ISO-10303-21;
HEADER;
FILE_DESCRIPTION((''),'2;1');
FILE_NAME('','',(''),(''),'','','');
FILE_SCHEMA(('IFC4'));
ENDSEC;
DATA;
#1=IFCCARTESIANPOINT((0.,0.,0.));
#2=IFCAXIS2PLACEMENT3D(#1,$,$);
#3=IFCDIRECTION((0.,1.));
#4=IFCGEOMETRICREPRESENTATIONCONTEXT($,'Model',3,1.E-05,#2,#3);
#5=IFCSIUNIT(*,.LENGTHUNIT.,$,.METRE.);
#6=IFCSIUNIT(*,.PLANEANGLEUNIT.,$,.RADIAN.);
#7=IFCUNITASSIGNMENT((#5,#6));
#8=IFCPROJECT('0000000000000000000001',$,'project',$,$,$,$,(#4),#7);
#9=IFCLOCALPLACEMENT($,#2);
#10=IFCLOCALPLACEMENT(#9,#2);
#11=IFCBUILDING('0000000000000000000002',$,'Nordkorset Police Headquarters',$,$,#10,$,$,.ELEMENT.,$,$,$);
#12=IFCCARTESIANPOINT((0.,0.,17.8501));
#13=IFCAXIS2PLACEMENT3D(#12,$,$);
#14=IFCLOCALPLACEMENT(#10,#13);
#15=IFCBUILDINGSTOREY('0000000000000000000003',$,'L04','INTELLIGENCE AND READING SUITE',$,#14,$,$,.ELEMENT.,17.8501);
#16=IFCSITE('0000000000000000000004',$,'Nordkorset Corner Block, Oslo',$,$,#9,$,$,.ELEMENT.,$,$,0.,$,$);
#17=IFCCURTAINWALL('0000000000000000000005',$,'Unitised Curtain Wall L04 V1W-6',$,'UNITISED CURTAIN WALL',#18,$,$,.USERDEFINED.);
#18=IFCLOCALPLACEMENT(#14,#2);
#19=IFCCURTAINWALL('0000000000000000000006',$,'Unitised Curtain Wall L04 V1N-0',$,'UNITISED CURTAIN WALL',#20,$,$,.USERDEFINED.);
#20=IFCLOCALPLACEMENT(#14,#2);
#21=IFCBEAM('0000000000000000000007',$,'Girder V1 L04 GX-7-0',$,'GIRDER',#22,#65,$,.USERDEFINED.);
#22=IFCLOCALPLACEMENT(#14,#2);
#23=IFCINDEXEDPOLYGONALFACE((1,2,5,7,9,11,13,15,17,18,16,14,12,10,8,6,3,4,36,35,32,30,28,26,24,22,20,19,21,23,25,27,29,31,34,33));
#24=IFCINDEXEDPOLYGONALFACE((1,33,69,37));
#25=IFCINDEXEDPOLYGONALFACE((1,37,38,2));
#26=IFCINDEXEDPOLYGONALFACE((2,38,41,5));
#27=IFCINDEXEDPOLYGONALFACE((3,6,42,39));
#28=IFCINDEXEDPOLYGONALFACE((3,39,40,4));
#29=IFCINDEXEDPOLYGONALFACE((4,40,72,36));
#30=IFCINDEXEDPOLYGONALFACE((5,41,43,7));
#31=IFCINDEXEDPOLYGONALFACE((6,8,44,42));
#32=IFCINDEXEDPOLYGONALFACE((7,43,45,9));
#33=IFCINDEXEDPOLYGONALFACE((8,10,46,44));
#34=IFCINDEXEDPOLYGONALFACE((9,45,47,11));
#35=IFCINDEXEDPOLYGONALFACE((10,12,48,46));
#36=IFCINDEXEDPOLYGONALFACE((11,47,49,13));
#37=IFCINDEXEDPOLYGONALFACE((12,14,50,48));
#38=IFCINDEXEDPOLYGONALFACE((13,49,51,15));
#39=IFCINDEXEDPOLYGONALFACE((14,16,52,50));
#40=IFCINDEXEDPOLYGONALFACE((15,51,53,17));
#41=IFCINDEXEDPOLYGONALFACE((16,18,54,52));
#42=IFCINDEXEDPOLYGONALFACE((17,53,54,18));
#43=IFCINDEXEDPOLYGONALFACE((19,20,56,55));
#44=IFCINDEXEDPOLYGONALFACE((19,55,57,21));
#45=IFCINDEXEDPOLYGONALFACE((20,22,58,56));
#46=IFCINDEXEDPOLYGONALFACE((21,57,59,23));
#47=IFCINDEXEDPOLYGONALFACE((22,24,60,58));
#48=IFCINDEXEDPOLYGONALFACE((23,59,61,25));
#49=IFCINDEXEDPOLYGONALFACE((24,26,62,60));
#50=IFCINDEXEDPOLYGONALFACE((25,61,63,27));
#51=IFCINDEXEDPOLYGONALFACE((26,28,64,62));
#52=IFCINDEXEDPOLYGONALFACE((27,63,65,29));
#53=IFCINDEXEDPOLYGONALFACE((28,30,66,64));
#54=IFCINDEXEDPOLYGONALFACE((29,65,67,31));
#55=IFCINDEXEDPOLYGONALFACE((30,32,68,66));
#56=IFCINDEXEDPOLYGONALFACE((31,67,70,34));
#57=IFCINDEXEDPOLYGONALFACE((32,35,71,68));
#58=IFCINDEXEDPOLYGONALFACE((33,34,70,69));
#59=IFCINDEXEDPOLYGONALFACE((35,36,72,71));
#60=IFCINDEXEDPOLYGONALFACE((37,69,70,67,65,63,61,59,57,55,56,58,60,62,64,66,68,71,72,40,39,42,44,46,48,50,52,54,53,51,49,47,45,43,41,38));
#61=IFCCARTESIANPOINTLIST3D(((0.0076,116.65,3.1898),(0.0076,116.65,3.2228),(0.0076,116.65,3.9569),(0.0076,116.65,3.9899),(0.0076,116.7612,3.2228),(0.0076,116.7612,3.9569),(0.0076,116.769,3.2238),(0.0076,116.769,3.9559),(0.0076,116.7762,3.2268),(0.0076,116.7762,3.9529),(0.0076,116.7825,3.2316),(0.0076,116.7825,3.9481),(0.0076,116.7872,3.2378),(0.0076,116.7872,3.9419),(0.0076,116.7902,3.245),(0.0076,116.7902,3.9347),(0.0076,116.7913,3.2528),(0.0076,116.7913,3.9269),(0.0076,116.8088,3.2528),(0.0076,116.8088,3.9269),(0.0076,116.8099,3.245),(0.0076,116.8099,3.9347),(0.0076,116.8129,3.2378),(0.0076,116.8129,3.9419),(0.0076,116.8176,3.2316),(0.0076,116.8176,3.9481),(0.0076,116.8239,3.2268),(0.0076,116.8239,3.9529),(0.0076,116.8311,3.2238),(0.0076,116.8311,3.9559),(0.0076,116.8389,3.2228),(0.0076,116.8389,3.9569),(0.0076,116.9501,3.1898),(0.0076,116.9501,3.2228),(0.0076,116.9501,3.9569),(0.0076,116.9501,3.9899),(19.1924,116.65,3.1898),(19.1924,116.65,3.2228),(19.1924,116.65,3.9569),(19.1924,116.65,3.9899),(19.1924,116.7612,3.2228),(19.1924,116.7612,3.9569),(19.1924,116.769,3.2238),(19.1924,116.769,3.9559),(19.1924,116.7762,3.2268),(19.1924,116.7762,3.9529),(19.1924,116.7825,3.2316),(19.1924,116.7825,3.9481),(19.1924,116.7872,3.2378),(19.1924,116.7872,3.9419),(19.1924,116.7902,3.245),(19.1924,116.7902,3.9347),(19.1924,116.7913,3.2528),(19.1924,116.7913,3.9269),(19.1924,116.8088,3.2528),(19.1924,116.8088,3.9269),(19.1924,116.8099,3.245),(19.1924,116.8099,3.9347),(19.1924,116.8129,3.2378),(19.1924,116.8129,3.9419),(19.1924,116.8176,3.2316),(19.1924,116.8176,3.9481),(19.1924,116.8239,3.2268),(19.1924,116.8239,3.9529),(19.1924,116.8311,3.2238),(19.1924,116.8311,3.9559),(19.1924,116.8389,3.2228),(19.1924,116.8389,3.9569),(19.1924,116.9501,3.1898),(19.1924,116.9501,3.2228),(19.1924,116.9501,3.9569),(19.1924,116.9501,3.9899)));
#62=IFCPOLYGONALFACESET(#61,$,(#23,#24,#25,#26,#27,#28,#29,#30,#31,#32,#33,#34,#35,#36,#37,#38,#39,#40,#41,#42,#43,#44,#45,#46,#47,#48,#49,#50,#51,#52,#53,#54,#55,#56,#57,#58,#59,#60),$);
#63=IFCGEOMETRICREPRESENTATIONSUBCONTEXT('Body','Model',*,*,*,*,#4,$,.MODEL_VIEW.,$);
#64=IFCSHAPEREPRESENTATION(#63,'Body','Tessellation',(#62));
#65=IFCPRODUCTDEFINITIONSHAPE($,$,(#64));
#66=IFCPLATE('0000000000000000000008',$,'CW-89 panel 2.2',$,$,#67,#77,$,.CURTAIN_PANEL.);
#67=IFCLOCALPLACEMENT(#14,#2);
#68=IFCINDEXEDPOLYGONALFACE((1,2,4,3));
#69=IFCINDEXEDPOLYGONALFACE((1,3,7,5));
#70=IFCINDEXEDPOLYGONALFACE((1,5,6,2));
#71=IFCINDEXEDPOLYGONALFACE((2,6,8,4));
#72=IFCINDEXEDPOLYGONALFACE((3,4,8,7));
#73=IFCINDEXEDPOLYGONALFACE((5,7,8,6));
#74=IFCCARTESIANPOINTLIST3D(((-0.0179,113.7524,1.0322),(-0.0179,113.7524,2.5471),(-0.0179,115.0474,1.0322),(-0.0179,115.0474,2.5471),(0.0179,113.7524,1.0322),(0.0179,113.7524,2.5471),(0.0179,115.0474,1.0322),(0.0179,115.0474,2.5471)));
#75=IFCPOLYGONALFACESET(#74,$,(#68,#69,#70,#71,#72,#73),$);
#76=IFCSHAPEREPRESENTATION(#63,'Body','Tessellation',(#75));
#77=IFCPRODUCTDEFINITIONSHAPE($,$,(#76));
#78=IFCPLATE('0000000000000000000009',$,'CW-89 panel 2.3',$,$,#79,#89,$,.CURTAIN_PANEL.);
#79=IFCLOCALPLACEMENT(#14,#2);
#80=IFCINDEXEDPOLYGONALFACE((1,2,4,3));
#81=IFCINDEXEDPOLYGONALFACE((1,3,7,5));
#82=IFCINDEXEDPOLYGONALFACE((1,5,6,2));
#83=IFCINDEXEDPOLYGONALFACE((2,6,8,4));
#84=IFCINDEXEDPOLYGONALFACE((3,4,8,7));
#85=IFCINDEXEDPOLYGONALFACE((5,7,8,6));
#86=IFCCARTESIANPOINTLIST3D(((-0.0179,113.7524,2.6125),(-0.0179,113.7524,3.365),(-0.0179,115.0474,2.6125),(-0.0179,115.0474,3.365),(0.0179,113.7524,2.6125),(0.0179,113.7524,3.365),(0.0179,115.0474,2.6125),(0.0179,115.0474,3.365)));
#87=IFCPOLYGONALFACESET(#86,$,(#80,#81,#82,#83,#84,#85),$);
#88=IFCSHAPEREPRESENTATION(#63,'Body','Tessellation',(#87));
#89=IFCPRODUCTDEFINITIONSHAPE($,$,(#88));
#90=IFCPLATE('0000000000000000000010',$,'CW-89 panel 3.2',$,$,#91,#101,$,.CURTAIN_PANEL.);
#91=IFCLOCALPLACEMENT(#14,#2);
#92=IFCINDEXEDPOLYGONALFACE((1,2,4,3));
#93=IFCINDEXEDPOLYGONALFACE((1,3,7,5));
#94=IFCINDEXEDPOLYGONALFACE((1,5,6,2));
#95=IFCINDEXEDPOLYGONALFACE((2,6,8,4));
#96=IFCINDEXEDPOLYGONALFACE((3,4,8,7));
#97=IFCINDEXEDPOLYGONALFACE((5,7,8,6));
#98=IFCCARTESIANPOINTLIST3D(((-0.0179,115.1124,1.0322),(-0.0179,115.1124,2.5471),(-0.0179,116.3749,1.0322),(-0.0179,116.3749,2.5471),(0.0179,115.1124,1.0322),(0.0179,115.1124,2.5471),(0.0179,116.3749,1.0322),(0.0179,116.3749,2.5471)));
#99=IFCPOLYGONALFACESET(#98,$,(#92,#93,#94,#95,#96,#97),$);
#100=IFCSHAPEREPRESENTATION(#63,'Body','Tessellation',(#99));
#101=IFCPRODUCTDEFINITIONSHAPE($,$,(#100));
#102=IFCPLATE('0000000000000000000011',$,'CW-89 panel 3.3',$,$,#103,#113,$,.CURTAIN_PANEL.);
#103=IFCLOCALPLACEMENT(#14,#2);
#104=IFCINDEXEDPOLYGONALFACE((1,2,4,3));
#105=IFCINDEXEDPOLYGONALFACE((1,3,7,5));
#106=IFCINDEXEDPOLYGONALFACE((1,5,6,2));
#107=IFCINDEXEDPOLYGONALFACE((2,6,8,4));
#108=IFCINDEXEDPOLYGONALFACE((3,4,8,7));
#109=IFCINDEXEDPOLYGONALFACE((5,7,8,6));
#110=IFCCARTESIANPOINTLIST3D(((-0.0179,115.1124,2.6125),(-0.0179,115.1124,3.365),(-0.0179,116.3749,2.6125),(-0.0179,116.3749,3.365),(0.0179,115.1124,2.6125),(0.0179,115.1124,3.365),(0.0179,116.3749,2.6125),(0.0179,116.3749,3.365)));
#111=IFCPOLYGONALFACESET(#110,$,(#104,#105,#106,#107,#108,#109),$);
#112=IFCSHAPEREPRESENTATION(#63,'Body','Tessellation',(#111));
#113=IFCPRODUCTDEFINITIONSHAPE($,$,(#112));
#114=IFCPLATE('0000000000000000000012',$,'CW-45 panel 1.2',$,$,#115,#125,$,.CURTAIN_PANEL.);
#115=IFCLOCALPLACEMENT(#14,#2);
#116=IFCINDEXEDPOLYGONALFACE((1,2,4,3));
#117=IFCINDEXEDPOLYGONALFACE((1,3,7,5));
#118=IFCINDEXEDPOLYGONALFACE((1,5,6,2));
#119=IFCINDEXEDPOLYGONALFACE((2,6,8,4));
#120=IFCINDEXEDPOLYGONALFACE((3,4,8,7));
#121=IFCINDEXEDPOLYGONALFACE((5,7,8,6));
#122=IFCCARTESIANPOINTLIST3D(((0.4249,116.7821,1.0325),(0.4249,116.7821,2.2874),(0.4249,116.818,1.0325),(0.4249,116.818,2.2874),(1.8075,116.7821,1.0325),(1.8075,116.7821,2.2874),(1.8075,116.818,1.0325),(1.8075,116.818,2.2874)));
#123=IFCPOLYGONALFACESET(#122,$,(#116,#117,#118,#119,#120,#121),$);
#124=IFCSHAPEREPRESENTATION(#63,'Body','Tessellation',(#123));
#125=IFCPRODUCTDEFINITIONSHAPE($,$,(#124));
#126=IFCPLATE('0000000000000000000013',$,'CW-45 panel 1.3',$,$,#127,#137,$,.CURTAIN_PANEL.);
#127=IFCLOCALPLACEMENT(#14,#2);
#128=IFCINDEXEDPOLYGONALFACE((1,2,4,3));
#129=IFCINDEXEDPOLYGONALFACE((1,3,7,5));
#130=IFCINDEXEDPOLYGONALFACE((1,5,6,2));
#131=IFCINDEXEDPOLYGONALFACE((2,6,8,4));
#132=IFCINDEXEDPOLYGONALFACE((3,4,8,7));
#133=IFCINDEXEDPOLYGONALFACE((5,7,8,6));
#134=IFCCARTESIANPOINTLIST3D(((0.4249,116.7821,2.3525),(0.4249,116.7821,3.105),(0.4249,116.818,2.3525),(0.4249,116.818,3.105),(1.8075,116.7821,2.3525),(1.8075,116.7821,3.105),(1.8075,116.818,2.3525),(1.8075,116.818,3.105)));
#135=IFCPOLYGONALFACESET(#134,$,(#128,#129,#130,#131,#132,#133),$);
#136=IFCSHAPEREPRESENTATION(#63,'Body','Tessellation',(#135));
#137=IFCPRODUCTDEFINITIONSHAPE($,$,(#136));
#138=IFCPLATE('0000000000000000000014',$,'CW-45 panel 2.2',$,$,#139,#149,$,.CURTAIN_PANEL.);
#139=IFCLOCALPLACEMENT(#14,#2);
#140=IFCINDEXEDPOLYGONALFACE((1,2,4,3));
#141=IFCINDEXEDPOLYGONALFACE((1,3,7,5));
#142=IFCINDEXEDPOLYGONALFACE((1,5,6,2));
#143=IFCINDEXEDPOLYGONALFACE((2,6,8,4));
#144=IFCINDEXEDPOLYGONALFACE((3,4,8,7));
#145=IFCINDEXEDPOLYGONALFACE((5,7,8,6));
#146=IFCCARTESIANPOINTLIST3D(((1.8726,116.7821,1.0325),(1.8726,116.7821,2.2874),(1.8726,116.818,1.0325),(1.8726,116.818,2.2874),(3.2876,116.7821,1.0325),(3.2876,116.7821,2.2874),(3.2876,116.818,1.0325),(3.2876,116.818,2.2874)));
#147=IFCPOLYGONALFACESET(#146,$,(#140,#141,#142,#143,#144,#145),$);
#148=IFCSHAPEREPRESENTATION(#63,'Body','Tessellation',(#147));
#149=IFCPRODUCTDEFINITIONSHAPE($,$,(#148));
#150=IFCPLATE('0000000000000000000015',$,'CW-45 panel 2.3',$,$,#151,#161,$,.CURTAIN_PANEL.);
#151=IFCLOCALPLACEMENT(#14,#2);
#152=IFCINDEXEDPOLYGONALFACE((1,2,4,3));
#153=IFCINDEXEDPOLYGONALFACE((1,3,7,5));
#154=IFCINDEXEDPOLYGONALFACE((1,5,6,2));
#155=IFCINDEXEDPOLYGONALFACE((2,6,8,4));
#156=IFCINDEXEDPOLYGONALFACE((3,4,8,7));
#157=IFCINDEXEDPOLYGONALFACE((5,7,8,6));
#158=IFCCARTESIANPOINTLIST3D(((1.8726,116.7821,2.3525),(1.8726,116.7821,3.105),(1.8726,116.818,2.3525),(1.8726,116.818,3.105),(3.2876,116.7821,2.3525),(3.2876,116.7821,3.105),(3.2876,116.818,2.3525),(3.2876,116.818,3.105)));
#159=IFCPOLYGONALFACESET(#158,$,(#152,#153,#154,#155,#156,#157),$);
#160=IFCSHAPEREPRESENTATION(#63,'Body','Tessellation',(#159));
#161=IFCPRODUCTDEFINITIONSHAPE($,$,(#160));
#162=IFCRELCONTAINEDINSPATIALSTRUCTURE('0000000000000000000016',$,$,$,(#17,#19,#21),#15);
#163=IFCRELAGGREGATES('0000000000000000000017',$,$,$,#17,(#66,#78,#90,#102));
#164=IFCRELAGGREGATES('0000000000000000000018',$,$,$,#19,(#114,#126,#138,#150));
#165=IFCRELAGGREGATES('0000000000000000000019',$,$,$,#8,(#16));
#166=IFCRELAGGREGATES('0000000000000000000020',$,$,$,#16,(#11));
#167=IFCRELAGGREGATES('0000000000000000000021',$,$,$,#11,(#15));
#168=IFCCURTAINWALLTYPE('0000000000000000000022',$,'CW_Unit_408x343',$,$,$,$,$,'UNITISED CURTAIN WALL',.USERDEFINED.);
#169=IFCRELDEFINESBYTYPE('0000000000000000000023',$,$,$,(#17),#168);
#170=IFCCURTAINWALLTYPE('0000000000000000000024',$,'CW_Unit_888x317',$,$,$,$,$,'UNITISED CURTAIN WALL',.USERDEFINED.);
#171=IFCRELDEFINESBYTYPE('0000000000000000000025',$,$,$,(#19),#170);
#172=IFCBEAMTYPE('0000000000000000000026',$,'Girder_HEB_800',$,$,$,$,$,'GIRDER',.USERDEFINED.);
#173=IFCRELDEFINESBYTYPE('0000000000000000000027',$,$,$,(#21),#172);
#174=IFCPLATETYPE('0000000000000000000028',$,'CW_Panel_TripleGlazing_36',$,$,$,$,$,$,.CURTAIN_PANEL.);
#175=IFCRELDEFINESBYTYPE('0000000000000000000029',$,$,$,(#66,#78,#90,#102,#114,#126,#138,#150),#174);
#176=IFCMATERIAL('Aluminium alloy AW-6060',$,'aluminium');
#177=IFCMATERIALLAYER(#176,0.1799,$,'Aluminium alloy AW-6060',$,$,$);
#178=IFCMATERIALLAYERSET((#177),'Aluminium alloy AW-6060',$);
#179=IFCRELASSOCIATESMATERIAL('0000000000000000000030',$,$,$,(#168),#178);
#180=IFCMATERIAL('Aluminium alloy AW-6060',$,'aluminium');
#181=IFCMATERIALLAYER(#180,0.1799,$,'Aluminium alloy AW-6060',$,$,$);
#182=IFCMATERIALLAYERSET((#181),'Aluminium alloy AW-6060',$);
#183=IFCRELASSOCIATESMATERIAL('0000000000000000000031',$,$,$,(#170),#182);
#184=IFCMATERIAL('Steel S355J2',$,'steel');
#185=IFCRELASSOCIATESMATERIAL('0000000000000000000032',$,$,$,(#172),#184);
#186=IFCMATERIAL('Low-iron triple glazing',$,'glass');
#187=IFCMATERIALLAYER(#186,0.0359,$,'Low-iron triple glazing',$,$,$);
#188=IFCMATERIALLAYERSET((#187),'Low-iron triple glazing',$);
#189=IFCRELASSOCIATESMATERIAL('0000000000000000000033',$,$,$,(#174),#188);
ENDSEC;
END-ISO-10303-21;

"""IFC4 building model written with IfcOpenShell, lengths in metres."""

from ifc_helpers import new_model, si_unit, direction, frame, origin, origin_2d, place, context, subcontext, project, spatial, rectangle, i_section, extrude, material, layer, layer_set, material_profile, profile_set, type_object, element, aggregate, save


model = new_model("IFC4")

# Units and contexts
model_context = context("Model", 3, precision=1e-05, world=origin(), true_north=direction((0.0, 1.0)))
body_context = subcontext(model_context, "Body", "Model", "MODEL_VIEW")
ifc_project = project(units=[si_unit("LENGTHUNIT", "METRE"), si_unit("PLANEANGLEUNIT", "RADIAN")], contexts=[model_context])

# Site, building, storey
site_placement = place(None, origin())
site = spatial("IfcSite", under=ifc_project, at=site_placement, Name="Nordkorset Corner Block, Oslo", CompositionType="ELEMENT", RefElevation=0.0)
building_placement = place(site_placement, origin())
building = spatial("IfcBuilding", under=site, at=building_placement, Name="Nordkorset Police Headquarters", CompositionType="ELEMENT")
storey_placement = place(building_placement, frame((0.0, 0.0, 17.8501)))
storey = spatial("IfcBuildingStorey", under=building, at=storey_placement, Name="L04", Description="INTELLIGENCE AND READING SUITE", CompositionType="ELEMENT", Elevation=17.8501)

# Curtain walls
ifc_material_1 = material(Name="Aluminium alloy AW-6060", Category="aluminium")
ifc_layer_1 = layer(ifc_material_1, 0.1799, Name="Aluminium alloy AW-6060")
ifc_layer_set_1 = layer_set([ifc_layer_1], Name="Aluminium alloy AW-6060")
curtain_wall_type_1 = type_object("IfcCurtainWallType", Name="CW_Unit_408x343", ElementType="UNITISED CURTAIN WALL", PredefinedType="USERDEFINED", material=ifc_layer_set_1)
curtain_wall_1_placement = place(storey_placement, origin())
curtain_wall_1 = element("IfcCurtainWall", 1, at=curtain_wall_1_placement, inside=storey, type_object=curtain_wall_type_1, Name="Unitised Curtain Wall L04 V1W-6", ObjectType="UNITISED CURTAIN WALL", PredefinedType="USERDEFINED")
ifc_material_2 = material(Name="Aluminium alloy AW-6060", Category="aluminium")
ifc_layer_2 = layer(ifc_material_2, 0.1799, Name="Aluminium alloy AW-6060")
ifc_layer_set_2 = layer_set([ifc_layer_2], Name="Aluminium alloy AW-6060")
curtain_wall_type_2 = type_object("IfcCurtainWallType", Name="CW_Unit_888x317", ElementType="UNITISED CURTAIN WALL", PredefinedType="USERDEFINED", material=ifc_layer_set_2)
curtain_wall_2_placement = place(storey_placement, origin())
curtain_wall_2 = element("IfcCurtainWall", 2, at=curtain_wall_2_placement, inside=storey, type_object=curtain_wall_type_2, Name="Unitised Curtain Wall L04 V1N-0", ObjectType="UNITISED CURTAIN WALL", PredefinedType="USERDEFINED")

# Beam
ifc_material_3 = material(Name="Steel S355J2", Category="steel")
ifc_material_profile_1 = material_profile(ifc_material_3, i_section(OverallWidth=0.3, OverallDepth=0.8, WebThickness=0.0176, FlangeThickness=0.033, FilletRadius=0.03, at=origin_2d()), Name="HEB 800")
ifc_profile_set_1 = profile_set([ifc_material_profile_1], Name="Steel S355J2")
beam_type_1 = type_object("IfcBeamType", Name="Girder_HEB_800", ElementType="GIRDER", PredefinedType="USERDEFINED", material=ifc_profile_set_1)
beam_1_placement = place(storey_placement, frame((0.0076, 116.8, 3.5898), z_axis=(1.0, 0.0, 0.0), x_axis=(0.0, 1.0, 0.0)))
element("IfcBeam", 3, at=beam_1_placement, inside=storey, type_object=beam_type_1, Name="Girder V1 L04 GX-7-0", ObjectType="GIRDER", PredefinedType="USERDEFINED", context=body_context, shape_type="SweptSolid", body=[
    extrude(i_section(OverallWidth=0.3, OverallDepth=0.8, WebThickness=0.0176, FlangeThickness=0.033, FilletRadius=0.03, at=origin_2d()), origin(), (0.0, 0.0, 1.0), 19.1848),
])

# Plates
ifc_material_4 = material(Name="Low-iron triple glazing", Category="glass")
ifc_layer_3 = layer(ifc_material_4, 0.0359, Name="Low-iron triple glazing")
ifc_layer_set_3 = layer_set([ifc_layer_3], Name="Low-iron triple glazing")
plate_type = type_object("IfcPlateType", Name="CW_Panel_TripleGlazing_36", PredefinedType="CURTAIN_PANEL", material=ifc_layer_set_3)
plate_1_placement = place(storey_placement, frame((0.0, 114.3999, 1.0322), z_axis=(0.0, 0.0, 1.0), x_axis=(0.0, 1.0, 0.0)))
plate_1 = element("IfcPlate", 4, at=plate_1_placement, type_object=plate_type, Name="CW-89 panel 2.2", PredefinedType="CURTAIN_PANEL", context=body_context, shape_type="SweptSolid", body=[
    extrude(rectangle(XDim=1.2949, YDim=0.0359, at=origin_2d()), origin(), (0.0, 0.0, 1.0), 1.5149),
])
plate_2_placement = place(storey_placement, frame((0.0, 114.3999, 2.6125), z_axis=(0.0, 0.0, 1.0), x_axis=(0.0, 1.0, 0.0)))
plate_2 = element("IfcPlate", 5, at=plate_2_placement, type_object=plate_type, Name="CW-89 panel 2.3", PredefinedType="CURTAIN_PANEL", context=body_context, shape_type="SweptSolid", body=[
    extrude(rectangle(XDim=1.2949, YDim=0.0359, at=origin_2d()), origin(), (0.0, 0.0, 1.0), 0.7524),
])
plate_3_placement = place(storey_placement, frame((0.0, 115.7437, 1.0322), z_axis=(0.0, 0.0, 1.0), x_axis=(0.0, 1.0, 0.0)))
plate_3 = element("IfcPlate", 6, at=plate_3_placement, type_object=plate_type, Name="CW-89 panel 3.2", PredefinedType="CURTAIN_PANEL", context=body_context, shape_type="SweptSolid", body=[
    extrude(rectangle(XDim=1.2625, YDim=0.0359, at=origin_2d()), origin(), (0.0, 0.0, 1.0), 1.5149),
])
plate_4_placement = place(storey_placement, frame((0.0, 115.7437, 2.6125), z_axis=(0.0, 0.0, 1.0), x_axis=(0.0, 1.0, 0.0)))
plate_4 = element("IfcPlate", 7, at=plate_4_placement, type_object=plate_type, Name="CW-89 panel 3.3", PredefinedType="CURTAIN_PANEL", context=body_context, shape_type="SweptSolid", body=[
    extrude(rectangle(XDim=1.2625, YDim=0.0359, at=origin_2d()), origin(), (0.0, 0.0, 1.0), 0.7524),
])
aggregate(curtain_wall_1, [plate_1, plate_2, plate_3, plate_4])
plate_5_placement = place(storey_placement, frame((1.1162, 116.8, 1.0325), z_axis=(0.0, 0.0, 1.0), x_axis=(1.0, 0.0, 0.0)))
plate_5 = element("IfcPlate", 8, at=plate_5_placement, type_object=plate_type, Name="CW-45 panel 1.2", PredefinedType="CURTAIN_PANEL", context=body_context, shape_type="SweptSolid", body=[
    extrude(rectangle(XDim=1.3826, YDim=0.0359, at=origin_2d()), origin(), (0.0, 0.0, 1.0), 1.2549),
])
plate_6_placement = place(storey_placement, frame((1.1162, 116.8, 2.3525), z_axis=(0.0, 0.0, 1.0), x_axis=(1.0, 0.0, 0.0)))
plate_6 = element("IfcPlate", 9, at=plate_6_placement, type_object=plate_type, Name="CW-45 panel 1.3", PredefinedType="CURTAIN_PANEL", context=body_context, shape_type="SweptSolid", body=[
    extrude(rectangle(XDim=1.3826, YDim=0.0359, at=origin_2d()), origin(), (0.0, 0.0, 1.0), 0.7524),
])
plate_7_placement = place(storey_placement, frame((2.5801, 116.8, 1.0325), z_axis=(0.0, 0.0, 1.0), x_axis=(1.0, 0.0, 0.0)))
plate_7 = element("IfcPlate", 10, at=plate_7_placement, type_object=plate_type, Name="CW-45 panel 2.2", PredefinedType="CURTAIN_PANEL", context=body_context, shape_type="SweptSolid", body=[
    extrude(rectangle(XDim=1.415, YDim=0.0359, at=origin_2d()), origin(), (0.0, 0.0, 1.0), 1.2549),
])
plate_8_placement = place(storey_placement, frame((2.5801, 116.8, 2.3525), z_axis=(0.0, 0.0, 1.0), x_axis=(1.0, 0.0, 0.0)))
plate_8 = element("IfcPlate", 11, at=plate_8_placement, type_object=plate_type, Name="CW-45 panel 2.3", PredefinedType="CURTAIN_PANEL", context=body_context, shape_type="SweptSolid", body=[
    extrude(rectangle(XDim=1.415, YDim=0.0359, at=origin_2d()), origin(), (0.0, 0.0, 1.0), 0.7524),
])
aggregate(curtain_wall_2, [plate_5, plate_6, plate_7, plate_8])

save(model, "model.ifc")
